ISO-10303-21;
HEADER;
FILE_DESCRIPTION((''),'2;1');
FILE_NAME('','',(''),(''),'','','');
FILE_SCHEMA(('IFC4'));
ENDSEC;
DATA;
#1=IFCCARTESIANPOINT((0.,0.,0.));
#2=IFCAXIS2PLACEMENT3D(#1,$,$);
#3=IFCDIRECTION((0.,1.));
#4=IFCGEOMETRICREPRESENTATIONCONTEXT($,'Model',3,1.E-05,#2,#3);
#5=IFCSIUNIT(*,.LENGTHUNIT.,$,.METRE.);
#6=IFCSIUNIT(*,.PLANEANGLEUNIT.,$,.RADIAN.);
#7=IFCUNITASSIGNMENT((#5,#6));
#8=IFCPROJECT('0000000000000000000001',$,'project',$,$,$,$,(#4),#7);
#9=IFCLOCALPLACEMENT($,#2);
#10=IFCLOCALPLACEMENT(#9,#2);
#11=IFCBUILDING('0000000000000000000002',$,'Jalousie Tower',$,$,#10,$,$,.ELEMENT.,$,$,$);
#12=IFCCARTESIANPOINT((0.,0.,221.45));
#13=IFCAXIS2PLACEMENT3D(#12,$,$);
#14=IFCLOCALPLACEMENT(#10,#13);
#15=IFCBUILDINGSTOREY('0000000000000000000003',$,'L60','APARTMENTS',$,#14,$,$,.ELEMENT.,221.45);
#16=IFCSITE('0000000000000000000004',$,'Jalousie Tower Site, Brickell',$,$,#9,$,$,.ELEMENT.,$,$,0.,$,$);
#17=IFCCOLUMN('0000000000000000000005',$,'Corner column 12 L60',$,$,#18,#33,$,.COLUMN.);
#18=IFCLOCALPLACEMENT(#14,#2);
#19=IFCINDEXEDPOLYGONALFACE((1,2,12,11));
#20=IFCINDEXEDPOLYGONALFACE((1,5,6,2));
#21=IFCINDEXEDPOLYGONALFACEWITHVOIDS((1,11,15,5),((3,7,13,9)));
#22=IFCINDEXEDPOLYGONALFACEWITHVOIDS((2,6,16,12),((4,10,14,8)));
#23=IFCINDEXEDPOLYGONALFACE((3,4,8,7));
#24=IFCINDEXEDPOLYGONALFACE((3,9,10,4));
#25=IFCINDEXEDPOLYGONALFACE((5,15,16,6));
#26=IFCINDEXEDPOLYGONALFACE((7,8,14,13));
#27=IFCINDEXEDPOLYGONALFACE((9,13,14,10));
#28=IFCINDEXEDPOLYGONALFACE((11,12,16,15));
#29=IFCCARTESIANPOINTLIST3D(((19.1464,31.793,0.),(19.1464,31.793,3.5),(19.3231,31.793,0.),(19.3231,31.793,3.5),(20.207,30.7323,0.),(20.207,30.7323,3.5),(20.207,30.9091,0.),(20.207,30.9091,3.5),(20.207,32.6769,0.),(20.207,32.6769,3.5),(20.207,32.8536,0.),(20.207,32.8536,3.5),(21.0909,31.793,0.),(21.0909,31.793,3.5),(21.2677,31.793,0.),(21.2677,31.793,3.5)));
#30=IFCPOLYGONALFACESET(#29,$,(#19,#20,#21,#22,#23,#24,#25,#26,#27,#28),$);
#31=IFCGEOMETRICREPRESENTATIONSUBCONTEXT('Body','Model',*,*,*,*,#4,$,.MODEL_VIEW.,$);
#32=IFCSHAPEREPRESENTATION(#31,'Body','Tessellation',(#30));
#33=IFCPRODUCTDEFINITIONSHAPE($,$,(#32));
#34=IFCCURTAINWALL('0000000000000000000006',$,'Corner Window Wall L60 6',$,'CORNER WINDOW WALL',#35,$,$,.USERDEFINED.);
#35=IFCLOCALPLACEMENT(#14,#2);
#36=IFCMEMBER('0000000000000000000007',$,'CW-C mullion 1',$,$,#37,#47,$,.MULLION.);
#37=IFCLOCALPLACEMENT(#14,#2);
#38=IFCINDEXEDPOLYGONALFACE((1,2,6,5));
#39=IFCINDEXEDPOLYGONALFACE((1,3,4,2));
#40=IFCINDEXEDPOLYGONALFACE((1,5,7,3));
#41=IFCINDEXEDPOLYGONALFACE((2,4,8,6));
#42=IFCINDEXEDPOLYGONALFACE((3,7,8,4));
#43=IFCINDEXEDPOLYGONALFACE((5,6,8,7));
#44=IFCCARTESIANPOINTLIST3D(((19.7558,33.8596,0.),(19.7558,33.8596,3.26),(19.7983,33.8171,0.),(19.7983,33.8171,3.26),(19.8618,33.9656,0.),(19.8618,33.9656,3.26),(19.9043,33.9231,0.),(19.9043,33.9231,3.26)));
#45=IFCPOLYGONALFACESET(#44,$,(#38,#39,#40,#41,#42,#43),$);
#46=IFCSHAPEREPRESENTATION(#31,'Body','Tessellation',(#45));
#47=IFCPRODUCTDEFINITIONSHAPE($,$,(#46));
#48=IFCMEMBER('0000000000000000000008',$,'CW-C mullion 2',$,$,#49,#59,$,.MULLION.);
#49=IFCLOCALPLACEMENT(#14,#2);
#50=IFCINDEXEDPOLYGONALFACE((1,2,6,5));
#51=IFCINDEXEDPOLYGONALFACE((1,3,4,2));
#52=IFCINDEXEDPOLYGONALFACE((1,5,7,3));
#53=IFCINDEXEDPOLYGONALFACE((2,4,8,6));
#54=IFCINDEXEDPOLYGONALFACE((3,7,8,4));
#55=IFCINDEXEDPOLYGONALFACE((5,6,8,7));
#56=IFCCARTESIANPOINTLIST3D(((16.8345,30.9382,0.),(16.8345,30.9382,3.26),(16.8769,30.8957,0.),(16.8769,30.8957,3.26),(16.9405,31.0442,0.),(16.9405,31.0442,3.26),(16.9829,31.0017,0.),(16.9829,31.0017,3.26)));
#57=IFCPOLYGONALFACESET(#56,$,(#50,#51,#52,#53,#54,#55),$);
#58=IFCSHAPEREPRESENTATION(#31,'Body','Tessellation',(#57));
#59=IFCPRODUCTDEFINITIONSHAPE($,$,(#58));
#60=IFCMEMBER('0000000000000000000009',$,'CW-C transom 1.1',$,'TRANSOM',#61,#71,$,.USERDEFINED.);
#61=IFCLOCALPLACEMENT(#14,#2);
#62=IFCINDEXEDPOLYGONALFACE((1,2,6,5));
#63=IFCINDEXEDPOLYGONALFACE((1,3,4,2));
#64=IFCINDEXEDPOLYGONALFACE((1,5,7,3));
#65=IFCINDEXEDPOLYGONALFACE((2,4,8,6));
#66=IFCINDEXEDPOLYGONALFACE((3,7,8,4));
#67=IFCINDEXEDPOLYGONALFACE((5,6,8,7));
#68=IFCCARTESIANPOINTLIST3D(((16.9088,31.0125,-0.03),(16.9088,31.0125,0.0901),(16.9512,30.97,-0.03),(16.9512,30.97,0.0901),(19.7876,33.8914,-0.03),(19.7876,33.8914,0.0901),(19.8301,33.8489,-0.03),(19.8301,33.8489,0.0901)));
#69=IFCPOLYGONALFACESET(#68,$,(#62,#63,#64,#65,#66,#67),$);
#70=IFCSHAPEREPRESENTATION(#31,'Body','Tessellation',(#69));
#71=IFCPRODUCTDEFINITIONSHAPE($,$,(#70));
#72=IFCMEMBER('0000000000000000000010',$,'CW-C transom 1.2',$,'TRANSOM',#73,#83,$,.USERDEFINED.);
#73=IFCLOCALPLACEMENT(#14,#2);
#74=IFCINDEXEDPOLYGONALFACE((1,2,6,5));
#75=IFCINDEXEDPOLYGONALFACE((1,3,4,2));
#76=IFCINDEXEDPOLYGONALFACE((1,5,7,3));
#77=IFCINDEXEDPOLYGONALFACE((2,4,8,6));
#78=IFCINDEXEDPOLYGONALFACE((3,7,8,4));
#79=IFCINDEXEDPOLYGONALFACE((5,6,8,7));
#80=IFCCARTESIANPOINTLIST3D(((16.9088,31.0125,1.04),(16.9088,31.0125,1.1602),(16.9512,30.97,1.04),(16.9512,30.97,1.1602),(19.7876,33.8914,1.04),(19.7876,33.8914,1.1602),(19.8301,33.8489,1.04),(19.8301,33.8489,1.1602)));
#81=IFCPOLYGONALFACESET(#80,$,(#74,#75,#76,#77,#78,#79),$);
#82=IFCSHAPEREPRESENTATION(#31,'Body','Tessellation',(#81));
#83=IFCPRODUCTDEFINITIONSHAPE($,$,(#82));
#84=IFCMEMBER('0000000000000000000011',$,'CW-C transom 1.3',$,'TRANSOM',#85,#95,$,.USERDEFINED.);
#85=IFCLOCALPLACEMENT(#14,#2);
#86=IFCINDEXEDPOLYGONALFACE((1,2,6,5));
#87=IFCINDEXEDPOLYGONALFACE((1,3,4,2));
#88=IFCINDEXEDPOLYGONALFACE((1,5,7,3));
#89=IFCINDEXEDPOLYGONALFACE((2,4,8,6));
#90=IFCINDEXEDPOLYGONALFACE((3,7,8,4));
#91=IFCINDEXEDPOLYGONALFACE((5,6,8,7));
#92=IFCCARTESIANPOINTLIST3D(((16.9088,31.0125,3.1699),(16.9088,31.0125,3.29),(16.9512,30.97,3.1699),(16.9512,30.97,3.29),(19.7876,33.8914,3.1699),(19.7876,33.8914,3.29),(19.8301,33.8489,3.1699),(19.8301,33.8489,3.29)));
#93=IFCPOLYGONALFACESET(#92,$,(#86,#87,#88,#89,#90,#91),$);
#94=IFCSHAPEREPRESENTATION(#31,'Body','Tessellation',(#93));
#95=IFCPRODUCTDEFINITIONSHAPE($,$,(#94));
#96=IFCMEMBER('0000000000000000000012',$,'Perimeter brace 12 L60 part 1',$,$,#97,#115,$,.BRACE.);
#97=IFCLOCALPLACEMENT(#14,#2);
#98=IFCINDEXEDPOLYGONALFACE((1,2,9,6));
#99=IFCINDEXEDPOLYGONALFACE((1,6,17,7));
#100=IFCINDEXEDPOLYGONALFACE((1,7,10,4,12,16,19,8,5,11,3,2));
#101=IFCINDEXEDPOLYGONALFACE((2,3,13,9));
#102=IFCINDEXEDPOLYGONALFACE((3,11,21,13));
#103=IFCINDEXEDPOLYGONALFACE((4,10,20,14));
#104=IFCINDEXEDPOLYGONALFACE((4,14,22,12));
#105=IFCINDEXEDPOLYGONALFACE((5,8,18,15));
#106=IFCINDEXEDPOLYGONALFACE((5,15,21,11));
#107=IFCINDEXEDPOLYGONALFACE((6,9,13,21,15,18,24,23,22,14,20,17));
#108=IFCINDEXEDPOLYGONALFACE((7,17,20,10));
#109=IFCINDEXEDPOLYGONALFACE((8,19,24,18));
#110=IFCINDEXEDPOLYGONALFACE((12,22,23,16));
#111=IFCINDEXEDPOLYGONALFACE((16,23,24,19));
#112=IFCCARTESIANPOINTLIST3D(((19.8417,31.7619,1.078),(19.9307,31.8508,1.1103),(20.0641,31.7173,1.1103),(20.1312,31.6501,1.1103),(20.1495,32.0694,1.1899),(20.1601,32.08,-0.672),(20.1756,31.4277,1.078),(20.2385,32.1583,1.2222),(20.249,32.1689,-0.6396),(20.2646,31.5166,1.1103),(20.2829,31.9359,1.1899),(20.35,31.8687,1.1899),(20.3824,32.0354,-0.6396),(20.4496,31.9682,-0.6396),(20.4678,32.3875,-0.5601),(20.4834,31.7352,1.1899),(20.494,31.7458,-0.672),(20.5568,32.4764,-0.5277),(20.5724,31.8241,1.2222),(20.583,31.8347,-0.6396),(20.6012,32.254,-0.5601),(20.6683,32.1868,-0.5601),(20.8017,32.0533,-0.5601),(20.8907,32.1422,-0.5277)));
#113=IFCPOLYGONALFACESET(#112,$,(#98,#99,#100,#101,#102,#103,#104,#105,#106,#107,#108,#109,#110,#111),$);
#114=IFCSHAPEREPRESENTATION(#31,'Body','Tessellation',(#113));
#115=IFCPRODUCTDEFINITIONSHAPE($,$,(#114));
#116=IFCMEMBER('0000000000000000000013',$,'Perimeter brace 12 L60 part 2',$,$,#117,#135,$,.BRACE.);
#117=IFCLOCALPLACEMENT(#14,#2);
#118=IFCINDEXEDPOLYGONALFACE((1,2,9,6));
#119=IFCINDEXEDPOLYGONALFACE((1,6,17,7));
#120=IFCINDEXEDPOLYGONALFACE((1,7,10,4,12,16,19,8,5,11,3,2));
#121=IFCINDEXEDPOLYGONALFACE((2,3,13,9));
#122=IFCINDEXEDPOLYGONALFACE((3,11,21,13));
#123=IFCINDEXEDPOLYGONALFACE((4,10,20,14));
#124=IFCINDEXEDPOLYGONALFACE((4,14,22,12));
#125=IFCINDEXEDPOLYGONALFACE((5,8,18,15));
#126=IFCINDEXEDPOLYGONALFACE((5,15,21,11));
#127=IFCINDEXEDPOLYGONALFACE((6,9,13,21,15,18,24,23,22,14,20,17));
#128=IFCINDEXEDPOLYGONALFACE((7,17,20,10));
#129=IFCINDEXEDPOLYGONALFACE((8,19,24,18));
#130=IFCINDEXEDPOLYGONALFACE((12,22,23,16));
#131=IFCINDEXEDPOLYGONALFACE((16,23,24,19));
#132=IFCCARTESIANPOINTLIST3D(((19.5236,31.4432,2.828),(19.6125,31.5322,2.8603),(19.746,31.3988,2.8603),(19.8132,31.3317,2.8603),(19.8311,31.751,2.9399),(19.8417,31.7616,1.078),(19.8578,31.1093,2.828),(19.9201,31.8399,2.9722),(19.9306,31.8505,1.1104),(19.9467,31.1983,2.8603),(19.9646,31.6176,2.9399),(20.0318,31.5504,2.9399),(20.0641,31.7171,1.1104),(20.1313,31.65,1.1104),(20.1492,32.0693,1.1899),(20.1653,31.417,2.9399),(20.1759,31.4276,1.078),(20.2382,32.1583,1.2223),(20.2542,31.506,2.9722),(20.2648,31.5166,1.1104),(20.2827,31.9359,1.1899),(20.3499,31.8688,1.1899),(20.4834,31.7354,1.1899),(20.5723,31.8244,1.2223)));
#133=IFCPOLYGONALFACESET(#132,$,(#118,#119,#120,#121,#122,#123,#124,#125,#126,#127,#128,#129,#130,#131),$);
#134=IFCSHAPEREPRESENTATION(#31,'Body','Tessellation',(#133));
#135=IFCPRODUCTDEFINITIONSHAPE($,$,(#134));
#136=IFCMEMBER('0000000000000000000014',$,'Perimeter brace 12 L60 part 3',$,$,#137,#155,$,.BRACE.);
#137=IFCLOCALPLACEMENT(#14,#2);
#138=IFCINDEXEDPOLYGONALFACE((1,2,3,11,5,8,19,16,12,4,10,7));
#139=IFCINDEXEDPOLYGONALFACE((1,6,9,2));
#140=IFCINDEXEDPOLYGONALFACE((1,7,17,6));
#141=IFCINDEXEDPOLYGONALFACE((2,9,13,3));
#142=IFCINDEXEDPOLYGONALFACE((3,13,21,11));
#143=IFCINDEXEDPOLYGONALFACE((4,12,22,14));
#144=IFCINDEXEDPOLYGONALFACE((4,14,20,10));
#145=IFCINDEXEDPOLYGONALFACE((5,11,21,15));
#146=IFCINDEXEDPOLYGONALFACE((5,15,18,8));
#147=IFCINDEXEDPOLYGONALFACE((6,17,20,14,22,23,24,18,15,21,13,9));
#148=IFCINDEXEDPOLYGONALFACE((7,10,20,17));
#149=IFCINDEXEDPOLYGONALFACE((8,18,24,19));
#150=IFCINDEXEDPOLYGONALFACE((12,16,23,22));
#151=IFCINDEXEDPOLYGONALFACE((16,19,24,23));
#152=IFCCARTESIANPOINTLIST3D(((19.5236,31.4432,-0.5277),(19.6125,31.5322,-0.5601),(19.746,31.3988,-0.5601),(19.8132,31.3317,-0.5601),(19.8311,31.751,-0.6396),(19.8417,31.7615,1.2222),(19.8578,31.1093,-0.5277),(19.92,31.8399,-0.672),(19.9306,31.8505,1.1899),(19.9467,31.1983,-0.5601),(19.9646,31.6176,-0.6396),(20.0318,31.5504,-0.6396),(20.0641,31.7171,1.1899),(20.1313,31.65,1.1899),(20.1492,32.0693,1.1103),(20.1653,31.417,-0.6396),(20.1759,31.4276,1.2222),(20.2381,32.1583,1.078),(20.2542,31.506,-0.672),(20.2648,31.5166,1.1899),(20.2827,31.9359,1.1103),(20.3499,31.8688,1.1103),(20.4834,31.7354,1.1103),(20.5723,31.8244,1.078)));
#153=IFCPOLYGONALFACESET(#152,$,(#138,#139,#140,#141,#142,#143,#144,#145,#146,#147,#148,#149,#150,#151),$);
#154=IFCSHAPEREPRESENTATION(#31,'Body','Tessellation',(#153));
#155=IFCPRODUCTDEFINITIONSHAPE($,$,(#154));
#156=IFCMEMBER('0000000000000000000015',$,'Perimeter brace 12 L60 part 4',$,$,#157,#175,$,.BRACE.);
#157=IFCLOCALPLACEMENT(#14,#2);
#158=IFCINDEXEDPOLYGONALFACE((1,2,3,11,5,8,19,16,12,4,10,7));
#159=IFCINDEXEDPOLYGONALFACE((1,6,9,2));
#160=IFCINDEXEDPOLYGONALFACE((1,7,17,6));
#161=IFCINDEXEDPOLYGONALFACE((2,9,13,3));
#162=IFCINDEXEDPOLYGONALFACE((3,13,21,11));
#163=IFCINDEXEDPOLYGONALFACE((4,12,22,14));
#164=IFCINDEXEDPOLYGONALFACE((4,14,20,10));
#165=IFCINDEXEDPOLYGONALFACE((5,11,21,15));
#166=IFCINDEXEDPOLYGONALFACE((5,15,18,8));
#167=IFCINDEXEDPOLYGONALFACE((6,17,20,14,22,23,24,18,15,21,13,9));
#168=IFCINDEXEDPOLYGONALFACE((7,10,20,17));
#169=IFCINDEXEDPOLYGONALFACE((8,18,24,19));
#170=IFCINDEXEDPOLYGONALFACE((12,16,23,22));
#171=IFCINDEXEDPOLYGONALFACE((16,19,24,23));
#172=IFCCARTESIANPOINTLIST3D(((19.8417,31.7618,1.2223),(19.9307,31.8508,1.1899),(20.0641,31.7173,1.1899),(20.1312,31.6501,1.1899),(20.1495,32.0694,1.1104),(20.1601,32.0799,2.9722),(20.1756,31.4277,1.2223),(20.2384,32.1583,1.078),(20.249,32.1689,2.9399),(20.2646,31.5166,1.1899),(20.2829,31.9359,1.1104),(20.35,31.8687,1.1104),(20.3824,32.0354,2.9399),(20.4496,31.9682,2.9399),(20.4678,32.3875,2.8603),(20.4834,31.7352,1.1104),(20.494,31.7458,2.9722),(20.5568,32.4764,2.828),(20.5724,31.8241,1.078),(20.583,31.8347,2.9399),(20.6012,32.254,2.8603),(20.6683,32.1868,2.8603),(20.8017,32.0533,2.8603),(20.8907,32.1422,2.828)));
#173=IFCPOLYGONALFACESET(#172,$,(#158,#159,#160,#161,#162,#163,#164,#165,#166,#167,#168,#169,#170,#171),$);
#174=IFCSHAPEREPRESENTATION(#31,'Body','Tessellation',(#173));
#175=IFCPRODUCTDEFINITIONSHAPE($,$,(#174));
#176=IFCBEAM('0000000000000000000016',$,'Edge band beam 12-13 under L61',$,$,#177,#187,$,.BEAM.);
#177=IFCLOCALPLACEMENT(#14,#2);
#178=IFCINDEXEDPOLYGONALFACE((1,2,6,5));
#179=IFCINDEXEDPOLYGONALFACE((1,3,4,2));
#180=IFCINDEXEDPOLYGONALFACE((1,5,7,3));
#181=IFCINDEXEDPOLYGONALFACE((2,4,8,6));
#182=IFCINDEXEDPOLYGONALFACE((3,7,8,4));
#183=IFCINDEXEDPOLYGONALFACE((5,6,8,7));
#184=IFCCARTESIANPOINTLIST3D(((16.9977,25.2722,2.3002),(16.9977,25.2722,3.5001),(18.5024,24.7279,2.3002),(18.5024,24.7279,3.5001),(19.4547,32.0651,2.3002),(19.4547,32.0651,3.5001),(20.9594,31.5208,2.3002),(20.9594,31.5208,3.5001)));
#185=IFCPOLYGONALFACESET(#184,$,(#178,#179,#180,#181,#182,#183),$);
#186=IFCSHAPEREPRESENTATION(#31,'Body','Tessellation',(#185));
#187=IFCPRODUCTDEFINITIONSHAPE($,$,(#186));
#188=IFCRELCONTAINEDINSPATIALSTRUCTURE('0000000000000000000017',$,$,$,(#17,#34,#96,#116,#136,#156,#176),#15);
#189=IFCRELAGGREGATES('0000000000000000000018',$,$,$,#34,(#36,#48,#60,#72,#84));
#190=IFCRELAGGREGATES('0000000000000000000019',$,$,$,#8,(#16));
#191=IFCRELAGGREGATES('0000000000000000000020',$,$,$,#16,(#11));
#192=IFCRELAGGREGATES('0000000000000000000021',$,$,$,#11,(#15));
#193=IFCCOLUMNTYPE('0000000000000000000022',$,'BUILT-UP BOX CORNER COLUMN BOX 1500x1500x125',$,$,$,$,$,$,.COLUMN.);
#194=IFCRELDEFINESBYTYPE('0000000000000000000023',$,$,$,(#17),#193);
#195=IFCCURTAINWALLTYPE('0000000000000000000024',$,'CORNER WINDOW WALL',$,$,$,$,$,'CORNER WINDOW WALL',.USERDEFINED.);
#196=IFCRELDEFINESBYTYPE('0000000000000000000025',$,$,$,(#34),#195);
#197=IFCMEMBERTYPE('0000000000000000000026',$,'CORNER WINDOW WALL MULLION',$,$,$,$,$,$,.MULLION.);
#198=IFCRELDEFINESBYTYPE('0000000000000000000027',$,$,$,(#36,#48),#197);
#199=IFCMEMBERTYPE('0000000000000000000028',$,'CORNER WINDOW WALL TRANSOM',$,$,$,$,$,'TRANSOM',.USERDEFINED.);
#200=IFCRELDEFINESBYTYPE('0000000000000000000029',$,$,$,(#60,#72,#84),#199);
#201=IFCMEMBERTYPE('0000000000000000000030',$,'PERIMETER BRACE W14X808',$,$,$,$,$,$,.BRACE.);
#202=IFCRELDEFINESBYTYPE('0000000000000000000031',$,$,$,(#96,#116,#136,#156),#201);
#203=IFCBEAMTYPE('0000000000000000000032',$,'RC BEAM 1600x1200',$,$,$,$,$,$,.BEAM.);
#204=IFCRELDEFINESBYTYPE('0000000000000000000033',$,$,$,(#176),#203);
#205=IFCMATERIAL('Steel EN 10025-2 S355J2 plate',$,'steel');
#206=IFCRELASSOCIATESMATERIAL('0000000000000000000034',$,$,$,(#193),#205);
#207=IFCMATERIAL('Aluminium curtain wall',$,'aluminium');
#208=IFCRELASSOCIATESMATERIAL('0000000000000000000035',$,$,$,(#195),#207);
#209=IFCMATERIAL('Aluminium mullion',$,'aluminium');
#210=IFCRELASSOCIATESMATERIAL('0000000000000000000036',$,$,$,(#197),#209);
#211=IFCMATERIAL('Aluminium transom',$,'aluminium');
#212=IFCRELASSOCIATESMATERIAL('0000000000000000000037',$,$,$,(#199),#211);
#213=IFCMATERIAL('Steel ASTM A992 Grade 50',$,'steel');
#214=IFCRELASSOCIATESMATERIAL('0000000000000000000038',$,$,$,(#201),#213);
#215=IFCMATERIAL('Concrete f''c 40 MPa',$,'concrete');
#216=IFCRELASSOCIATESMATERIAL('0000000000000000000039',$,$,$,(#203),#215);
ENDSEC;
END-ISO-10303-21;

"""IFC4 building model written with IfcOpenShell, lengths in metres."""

from ifc_helpers import new_model, si_unit, direction, frame, origin, origin_2d, place, context, subcontext, project, spatial, rectangle, hollow_rectangle, i_section, extrude, material, material_profile, profile_set, type_object, element, aggregate, save


model = new_model("IFC4")

# Units and contexts
model_context = context("Model", 3, precision=1e-05, world=origin(), true_north=direction((0.0, 1.0)))
body_context = subcontext(model_context, "Body", "Model", "MODEL_VIEW")
ifc_project = project(units=[si_unit("LENGTHUNIT", "METRE"), si_unit("PLANEANGLEUNIT", "RADIAN")], contexts=[model_context])

# Site, building, storey
site_placement = place(None, origin())
site = spatial("IfcSite", under=ifc_project, at=site_placement, Name="Jalousie Tower Site, Brickell", CompositionType="ELEMENT", RefElevation=0.0)
building_placement = place(site_placement, origin())
building = spatial("IfcBuilding", under=site, at=building_placement, Name="Jalousie Tower", CompositionType="ELEMENT")
storey_placement = place(building_placement, frame((0.0, 0.0, 221.45)))
storey = spatial("IfcBuildingStorey", under=building, at=storey_placement, Name="L60", Description="APARTMENTS", CompositionType="ELEMENT", Elevation=221.45)

# Column
ifc_material_1 = material(Name="Steel EN 10025-2 S355J2 plate", Category="steel")
ifc_material_profile_1 = material_profile(ifc_material_1, hollow_rectangle(XDim=1.5, YDim=1.5, WallThickness=0.125, at=origin_2d()), Name="BOX 1500x1500x125")
ifc_profile_set_1 = profile_set([ifc_material_profile_1], Name="Steel EN 10025-2 S355J2 plate")
column_type = type_object("IfcColumnType", Name="BUILT-UP BOX CORNER COLUMN BOX 1500x1500x125", PredefinedType="COLUMN", material=ifc_profile_set_1)
column_placement = place(storey_placement, frame((20.207, 31.793, 0.0), z_axis=(0.0, 0.0, 1.0), x_axis=(0.707107, -0.707107, 0.0)))
element("IfcColumn", 1, at=column_placement, inside=storey, type_object=column_type, Name="Corner column 12 L60", PredefinedType="COLUMN", context=body_context, shape_type="SweptSolid", body=[
    extrude(hollow_rectangle(XDim=1.5, YDim=1.5, WallThickness=0.125, at=origin_2d()), origin(), (0.0, 0.0, 1.0), 3.5),
])

# Curtain wall, members
ifc_material_2 = material(Name="Aluminium curtain wall", Category="aluminium")
curtain_wall_type_1 = type_object("IfcCurtainWallType", Name="CORNER WINDOW WALL", ElementType="CORNER WINDOW WALL", PredefinedType="USERDEFINED", material=ifc_material_2)
curtain_wall_1_placement = place(storey_placement, origin())
curtain_wall_1 = element("IfcCurtainWall", 2, at=curtain_wall_1_placement, inside=storey, type_object=curtain_wall_type_1, Name="Corner Window Wall L60 6", ObjectType="CORNER WINDOW WALL", PredefinedType="USERDEFINED")
ifc_material_3 = material(Name="Aluminium mullion", Category="aluminium")
ifc_material_profile_2 = material_profile(ifc_material_3, rectangle(XDim=0.0601, YDim=0.1499, at=origin_2d()), Name="MULLION 60x150")
ifc_profile_set_2 = profile_set([ifc_material_profile_2], Name="Aluminium mullion")
member_type_1 = type_object("IfcMemberType", Name="CORNER WINDOW WALL MULLION", PredefinedType="MULLION", material=ifc_profile_set_2)
member_1_placement = place(storey_placement, frame((19.8301, 33.8914, 0.0), z_axis=(0.0, 0.0, 1.0), x_axis=(0.707107, -0.707107, 0.0)))
member_1 = element("IfcMember", 3, at=member_1_placement, type_object=member_type_1, Name="CW-C mullion 1", PredefinedType="MULLION", context=body_context, shape_type="SweptSolid", body=[
    extrude(rectangle(XDim=0.0601, YDim=0.1499, at=origin_2d()), origin(), (0.0, 0.0, 1.0), 3.26),
])
member_2_placement = place(storey_placement, frame((16.9087, 30.97, 0.0), z_axis=(0.0, 0.0, 1.0), x_axis=(0.707107, -0.707107, 0.0)))
member_2 = element("IfcMember", 4, at=member_2_placement, type_object=member_type_1, Name="CW-C mullion 2", PredefinedType="MULLION", context=body_context, shape_type="SweptSolid", body=[
    extrude(rectangle(XDim=0.0601, YDim=0.1499, at=origin_2d()), origin(), (0.0, 0.0, 1.0), 3.26),
])
ifc_material_4 = material(Name="Aluminium transom", Category="aluminium")
ifc_material_profile_3 = material_profile(ifc_material_4, rectangle(XDim=0.0601, YDim=0.1201, at=origin_2d()), Name="TRANSOM 60x120")
ifc_profile_set_3 = profile_set([ifc_material_profile_3], Name="Aluminium transom")
member_type_2 = type_object("IfcMemberType", Name="CORNER WINDOW WALL TRANSOM", ElementType="TRANSOM", PredefinedType="USERDEFINED", material=ifc_profile_set_3)
member_3_placement = place(storey_placement, frame((19.8088, 33.8701, 0.03), z_axis=(-0.707107, -0.707107, 0.0), x_axis=(0.707107, -0.707107, 0.0)))
member_3 = element("IfcMember", 5, at=member_3_placement, type_object=member_type_2, Name="CW-C transom 1.1", ObjectType="TRANSOM", PredefinedType="USERDEFINED", context=body_context, shape_type="SweptSolid", body=[
    extrude(rectangle(XDim=0.0601, YDim=0.1201, at=origin_2d()), origin(), (0.0, 0.0, 1.0), 4.0713),
])
member_4_placement = place(storey_placement, frame((19.8088, 33.8701, 1.1001), z_axis=(-0.707107, -0.707107, 0.0), x_axis=(0.707107, -0.707107, 0.0)))
member_4 = element("IfcMember", 6, at=member_4_placement, type_object=member_type_2, Name="CW-C transom 1.2", ObjectType="TRANSOM", PredefinedType="USERDEFINED", context=body_context, shape_type="SweptSolid", body=[
    extrude(rectangle(XDim=0.0601, YDim=0.1201, at=origin_2d()), origin(), (0.0, 0.0, 1.0), 4.0713),
])
member_5_placement = place(storey_placement, frame((19.8088, 33.8701, 3.23), z_axis=(-0.707107, -0.707107, 0.0), x_axis=(0.707107, -0.707107, 0.0)))
member_5 = element("IfcMember", 7, at=member_5_placement, type_object=member_type_2, Name="CW-C transom 1.3", ObjectType="TRANSOM", PredefinedType="USERDEFINED", context=body_context, shape_type="SweptSolid", body=[
    extrude(rectangle(XDim=0.0601, YDim=0.1201, at=origin_2d()), origin(), (0.0, 0.0, 1.0), 4.0713),
])

# Members
ifc_material_5 = material(Name="Steel ASTM A992 Grade 50", Category="steel")
ifc_material_profile_4 = material_profile(ifc_material_5, i_section(OverallWidth=0.4724, OverallDepth=0.5791, WebThickness=0.095, FlangeThickness=0.1299, at=origin_2d()), Name="W14X808")
ifc_profile_set_4 = profile_set([ifc_material_profile_4], Name="Steel ASTM A992 Grade 50")
member_type_3 = type_object("IfcMemberType", Name="PERIMETER BRACE W14X808", PredefinedType="BRACE", material=ifc_profile_set_4)
for number, where, z_axis, x_axis, name in (
    (8, (20.5254, 32.1111, -0.5999), (-0.176187, -0.176051, 0.968486), (0.706835, -0.707378, 0.0), "Perimeter brace 12 L60 part 1"),
    (9, (20.207, 31.793, 1.1501), (-0.176051, -0.176187, 0.968486), (0.707378, -0.706835, 0.0), "Perimeter brace 12 L60 part 2"),
    (10, (19.8889, 31.4746, -0.5999), (0.176051, 0.176187, 0.968486), (-0.707378, 0.706835, 0.0), "Perimeter brace 12 L60 part 3"),
    (11, (20.207, 31.793, 1.1501), (0.176187, 0.176051, 0.968486), (-0.706835, 0.707378, 0.0), "Perimeter brace 12 L60 part 4"),
):
    element("IfcMember", number, at=place(storey_placement, frame(where, z_axis=z_axis, x_axis=x_axis)), inside=storey, type_object=member_type_3, Name=name, PredefinedType="BRACE", context=body_context, shape_type="SweptSolid", body=[
        extrude(i_section(OverallWidth=0.4724, OverallDepth=0.5791, WebThickness=0.095, FlangeThickness=0.1299, at=origin_2d()), origin(), (0.0, 0.0, 1.0), 1.8069),
    ])

# Beam
ifc_material_6 = material(Name="Concrete f'c 40 MPa", Category="concrete")
ifc_material_profile_5 = material_profile(ifc_material_6, rectangle(XDim=1.6001, YDim=1.2, at=origin_2d()), Name="RC 1600x1200")
ifc_profile_set_5 = profile_set([ifc_material_profile_5], Name="Concrete f'c 40 MPa")
beam_type = type_object("IfcBeamType", Name="RC BEAM 1600x1200", PredefinedType="BEAM", material=ifc_profile_set_5)
beam_placement = place(storey_placement, frame((20.207, 31.793, 2.9001), z_axis=(-0.340136, -0.940376, 0.0), x_axis=(0.940376, -0.340136, 0.0)))
element("IfcBeam", 12, at=beam_placement, inside=storey, type_object=beam_type, Name="Edge band beam 12-13 under L61", PredefinedType="BEAM", context=body_context, shape_type="SweptSolid", body=[
    extrude(rectangle(XDim=1.6001, YDim=1.2, at=origin_2d()), origin(), (0.0, 0.0, 1.0), 7.2236),
])

aggregate(curtain_wall_1, [member_1, member_2, member_3, member_4, member_5])

save(model, "model.ifc")
